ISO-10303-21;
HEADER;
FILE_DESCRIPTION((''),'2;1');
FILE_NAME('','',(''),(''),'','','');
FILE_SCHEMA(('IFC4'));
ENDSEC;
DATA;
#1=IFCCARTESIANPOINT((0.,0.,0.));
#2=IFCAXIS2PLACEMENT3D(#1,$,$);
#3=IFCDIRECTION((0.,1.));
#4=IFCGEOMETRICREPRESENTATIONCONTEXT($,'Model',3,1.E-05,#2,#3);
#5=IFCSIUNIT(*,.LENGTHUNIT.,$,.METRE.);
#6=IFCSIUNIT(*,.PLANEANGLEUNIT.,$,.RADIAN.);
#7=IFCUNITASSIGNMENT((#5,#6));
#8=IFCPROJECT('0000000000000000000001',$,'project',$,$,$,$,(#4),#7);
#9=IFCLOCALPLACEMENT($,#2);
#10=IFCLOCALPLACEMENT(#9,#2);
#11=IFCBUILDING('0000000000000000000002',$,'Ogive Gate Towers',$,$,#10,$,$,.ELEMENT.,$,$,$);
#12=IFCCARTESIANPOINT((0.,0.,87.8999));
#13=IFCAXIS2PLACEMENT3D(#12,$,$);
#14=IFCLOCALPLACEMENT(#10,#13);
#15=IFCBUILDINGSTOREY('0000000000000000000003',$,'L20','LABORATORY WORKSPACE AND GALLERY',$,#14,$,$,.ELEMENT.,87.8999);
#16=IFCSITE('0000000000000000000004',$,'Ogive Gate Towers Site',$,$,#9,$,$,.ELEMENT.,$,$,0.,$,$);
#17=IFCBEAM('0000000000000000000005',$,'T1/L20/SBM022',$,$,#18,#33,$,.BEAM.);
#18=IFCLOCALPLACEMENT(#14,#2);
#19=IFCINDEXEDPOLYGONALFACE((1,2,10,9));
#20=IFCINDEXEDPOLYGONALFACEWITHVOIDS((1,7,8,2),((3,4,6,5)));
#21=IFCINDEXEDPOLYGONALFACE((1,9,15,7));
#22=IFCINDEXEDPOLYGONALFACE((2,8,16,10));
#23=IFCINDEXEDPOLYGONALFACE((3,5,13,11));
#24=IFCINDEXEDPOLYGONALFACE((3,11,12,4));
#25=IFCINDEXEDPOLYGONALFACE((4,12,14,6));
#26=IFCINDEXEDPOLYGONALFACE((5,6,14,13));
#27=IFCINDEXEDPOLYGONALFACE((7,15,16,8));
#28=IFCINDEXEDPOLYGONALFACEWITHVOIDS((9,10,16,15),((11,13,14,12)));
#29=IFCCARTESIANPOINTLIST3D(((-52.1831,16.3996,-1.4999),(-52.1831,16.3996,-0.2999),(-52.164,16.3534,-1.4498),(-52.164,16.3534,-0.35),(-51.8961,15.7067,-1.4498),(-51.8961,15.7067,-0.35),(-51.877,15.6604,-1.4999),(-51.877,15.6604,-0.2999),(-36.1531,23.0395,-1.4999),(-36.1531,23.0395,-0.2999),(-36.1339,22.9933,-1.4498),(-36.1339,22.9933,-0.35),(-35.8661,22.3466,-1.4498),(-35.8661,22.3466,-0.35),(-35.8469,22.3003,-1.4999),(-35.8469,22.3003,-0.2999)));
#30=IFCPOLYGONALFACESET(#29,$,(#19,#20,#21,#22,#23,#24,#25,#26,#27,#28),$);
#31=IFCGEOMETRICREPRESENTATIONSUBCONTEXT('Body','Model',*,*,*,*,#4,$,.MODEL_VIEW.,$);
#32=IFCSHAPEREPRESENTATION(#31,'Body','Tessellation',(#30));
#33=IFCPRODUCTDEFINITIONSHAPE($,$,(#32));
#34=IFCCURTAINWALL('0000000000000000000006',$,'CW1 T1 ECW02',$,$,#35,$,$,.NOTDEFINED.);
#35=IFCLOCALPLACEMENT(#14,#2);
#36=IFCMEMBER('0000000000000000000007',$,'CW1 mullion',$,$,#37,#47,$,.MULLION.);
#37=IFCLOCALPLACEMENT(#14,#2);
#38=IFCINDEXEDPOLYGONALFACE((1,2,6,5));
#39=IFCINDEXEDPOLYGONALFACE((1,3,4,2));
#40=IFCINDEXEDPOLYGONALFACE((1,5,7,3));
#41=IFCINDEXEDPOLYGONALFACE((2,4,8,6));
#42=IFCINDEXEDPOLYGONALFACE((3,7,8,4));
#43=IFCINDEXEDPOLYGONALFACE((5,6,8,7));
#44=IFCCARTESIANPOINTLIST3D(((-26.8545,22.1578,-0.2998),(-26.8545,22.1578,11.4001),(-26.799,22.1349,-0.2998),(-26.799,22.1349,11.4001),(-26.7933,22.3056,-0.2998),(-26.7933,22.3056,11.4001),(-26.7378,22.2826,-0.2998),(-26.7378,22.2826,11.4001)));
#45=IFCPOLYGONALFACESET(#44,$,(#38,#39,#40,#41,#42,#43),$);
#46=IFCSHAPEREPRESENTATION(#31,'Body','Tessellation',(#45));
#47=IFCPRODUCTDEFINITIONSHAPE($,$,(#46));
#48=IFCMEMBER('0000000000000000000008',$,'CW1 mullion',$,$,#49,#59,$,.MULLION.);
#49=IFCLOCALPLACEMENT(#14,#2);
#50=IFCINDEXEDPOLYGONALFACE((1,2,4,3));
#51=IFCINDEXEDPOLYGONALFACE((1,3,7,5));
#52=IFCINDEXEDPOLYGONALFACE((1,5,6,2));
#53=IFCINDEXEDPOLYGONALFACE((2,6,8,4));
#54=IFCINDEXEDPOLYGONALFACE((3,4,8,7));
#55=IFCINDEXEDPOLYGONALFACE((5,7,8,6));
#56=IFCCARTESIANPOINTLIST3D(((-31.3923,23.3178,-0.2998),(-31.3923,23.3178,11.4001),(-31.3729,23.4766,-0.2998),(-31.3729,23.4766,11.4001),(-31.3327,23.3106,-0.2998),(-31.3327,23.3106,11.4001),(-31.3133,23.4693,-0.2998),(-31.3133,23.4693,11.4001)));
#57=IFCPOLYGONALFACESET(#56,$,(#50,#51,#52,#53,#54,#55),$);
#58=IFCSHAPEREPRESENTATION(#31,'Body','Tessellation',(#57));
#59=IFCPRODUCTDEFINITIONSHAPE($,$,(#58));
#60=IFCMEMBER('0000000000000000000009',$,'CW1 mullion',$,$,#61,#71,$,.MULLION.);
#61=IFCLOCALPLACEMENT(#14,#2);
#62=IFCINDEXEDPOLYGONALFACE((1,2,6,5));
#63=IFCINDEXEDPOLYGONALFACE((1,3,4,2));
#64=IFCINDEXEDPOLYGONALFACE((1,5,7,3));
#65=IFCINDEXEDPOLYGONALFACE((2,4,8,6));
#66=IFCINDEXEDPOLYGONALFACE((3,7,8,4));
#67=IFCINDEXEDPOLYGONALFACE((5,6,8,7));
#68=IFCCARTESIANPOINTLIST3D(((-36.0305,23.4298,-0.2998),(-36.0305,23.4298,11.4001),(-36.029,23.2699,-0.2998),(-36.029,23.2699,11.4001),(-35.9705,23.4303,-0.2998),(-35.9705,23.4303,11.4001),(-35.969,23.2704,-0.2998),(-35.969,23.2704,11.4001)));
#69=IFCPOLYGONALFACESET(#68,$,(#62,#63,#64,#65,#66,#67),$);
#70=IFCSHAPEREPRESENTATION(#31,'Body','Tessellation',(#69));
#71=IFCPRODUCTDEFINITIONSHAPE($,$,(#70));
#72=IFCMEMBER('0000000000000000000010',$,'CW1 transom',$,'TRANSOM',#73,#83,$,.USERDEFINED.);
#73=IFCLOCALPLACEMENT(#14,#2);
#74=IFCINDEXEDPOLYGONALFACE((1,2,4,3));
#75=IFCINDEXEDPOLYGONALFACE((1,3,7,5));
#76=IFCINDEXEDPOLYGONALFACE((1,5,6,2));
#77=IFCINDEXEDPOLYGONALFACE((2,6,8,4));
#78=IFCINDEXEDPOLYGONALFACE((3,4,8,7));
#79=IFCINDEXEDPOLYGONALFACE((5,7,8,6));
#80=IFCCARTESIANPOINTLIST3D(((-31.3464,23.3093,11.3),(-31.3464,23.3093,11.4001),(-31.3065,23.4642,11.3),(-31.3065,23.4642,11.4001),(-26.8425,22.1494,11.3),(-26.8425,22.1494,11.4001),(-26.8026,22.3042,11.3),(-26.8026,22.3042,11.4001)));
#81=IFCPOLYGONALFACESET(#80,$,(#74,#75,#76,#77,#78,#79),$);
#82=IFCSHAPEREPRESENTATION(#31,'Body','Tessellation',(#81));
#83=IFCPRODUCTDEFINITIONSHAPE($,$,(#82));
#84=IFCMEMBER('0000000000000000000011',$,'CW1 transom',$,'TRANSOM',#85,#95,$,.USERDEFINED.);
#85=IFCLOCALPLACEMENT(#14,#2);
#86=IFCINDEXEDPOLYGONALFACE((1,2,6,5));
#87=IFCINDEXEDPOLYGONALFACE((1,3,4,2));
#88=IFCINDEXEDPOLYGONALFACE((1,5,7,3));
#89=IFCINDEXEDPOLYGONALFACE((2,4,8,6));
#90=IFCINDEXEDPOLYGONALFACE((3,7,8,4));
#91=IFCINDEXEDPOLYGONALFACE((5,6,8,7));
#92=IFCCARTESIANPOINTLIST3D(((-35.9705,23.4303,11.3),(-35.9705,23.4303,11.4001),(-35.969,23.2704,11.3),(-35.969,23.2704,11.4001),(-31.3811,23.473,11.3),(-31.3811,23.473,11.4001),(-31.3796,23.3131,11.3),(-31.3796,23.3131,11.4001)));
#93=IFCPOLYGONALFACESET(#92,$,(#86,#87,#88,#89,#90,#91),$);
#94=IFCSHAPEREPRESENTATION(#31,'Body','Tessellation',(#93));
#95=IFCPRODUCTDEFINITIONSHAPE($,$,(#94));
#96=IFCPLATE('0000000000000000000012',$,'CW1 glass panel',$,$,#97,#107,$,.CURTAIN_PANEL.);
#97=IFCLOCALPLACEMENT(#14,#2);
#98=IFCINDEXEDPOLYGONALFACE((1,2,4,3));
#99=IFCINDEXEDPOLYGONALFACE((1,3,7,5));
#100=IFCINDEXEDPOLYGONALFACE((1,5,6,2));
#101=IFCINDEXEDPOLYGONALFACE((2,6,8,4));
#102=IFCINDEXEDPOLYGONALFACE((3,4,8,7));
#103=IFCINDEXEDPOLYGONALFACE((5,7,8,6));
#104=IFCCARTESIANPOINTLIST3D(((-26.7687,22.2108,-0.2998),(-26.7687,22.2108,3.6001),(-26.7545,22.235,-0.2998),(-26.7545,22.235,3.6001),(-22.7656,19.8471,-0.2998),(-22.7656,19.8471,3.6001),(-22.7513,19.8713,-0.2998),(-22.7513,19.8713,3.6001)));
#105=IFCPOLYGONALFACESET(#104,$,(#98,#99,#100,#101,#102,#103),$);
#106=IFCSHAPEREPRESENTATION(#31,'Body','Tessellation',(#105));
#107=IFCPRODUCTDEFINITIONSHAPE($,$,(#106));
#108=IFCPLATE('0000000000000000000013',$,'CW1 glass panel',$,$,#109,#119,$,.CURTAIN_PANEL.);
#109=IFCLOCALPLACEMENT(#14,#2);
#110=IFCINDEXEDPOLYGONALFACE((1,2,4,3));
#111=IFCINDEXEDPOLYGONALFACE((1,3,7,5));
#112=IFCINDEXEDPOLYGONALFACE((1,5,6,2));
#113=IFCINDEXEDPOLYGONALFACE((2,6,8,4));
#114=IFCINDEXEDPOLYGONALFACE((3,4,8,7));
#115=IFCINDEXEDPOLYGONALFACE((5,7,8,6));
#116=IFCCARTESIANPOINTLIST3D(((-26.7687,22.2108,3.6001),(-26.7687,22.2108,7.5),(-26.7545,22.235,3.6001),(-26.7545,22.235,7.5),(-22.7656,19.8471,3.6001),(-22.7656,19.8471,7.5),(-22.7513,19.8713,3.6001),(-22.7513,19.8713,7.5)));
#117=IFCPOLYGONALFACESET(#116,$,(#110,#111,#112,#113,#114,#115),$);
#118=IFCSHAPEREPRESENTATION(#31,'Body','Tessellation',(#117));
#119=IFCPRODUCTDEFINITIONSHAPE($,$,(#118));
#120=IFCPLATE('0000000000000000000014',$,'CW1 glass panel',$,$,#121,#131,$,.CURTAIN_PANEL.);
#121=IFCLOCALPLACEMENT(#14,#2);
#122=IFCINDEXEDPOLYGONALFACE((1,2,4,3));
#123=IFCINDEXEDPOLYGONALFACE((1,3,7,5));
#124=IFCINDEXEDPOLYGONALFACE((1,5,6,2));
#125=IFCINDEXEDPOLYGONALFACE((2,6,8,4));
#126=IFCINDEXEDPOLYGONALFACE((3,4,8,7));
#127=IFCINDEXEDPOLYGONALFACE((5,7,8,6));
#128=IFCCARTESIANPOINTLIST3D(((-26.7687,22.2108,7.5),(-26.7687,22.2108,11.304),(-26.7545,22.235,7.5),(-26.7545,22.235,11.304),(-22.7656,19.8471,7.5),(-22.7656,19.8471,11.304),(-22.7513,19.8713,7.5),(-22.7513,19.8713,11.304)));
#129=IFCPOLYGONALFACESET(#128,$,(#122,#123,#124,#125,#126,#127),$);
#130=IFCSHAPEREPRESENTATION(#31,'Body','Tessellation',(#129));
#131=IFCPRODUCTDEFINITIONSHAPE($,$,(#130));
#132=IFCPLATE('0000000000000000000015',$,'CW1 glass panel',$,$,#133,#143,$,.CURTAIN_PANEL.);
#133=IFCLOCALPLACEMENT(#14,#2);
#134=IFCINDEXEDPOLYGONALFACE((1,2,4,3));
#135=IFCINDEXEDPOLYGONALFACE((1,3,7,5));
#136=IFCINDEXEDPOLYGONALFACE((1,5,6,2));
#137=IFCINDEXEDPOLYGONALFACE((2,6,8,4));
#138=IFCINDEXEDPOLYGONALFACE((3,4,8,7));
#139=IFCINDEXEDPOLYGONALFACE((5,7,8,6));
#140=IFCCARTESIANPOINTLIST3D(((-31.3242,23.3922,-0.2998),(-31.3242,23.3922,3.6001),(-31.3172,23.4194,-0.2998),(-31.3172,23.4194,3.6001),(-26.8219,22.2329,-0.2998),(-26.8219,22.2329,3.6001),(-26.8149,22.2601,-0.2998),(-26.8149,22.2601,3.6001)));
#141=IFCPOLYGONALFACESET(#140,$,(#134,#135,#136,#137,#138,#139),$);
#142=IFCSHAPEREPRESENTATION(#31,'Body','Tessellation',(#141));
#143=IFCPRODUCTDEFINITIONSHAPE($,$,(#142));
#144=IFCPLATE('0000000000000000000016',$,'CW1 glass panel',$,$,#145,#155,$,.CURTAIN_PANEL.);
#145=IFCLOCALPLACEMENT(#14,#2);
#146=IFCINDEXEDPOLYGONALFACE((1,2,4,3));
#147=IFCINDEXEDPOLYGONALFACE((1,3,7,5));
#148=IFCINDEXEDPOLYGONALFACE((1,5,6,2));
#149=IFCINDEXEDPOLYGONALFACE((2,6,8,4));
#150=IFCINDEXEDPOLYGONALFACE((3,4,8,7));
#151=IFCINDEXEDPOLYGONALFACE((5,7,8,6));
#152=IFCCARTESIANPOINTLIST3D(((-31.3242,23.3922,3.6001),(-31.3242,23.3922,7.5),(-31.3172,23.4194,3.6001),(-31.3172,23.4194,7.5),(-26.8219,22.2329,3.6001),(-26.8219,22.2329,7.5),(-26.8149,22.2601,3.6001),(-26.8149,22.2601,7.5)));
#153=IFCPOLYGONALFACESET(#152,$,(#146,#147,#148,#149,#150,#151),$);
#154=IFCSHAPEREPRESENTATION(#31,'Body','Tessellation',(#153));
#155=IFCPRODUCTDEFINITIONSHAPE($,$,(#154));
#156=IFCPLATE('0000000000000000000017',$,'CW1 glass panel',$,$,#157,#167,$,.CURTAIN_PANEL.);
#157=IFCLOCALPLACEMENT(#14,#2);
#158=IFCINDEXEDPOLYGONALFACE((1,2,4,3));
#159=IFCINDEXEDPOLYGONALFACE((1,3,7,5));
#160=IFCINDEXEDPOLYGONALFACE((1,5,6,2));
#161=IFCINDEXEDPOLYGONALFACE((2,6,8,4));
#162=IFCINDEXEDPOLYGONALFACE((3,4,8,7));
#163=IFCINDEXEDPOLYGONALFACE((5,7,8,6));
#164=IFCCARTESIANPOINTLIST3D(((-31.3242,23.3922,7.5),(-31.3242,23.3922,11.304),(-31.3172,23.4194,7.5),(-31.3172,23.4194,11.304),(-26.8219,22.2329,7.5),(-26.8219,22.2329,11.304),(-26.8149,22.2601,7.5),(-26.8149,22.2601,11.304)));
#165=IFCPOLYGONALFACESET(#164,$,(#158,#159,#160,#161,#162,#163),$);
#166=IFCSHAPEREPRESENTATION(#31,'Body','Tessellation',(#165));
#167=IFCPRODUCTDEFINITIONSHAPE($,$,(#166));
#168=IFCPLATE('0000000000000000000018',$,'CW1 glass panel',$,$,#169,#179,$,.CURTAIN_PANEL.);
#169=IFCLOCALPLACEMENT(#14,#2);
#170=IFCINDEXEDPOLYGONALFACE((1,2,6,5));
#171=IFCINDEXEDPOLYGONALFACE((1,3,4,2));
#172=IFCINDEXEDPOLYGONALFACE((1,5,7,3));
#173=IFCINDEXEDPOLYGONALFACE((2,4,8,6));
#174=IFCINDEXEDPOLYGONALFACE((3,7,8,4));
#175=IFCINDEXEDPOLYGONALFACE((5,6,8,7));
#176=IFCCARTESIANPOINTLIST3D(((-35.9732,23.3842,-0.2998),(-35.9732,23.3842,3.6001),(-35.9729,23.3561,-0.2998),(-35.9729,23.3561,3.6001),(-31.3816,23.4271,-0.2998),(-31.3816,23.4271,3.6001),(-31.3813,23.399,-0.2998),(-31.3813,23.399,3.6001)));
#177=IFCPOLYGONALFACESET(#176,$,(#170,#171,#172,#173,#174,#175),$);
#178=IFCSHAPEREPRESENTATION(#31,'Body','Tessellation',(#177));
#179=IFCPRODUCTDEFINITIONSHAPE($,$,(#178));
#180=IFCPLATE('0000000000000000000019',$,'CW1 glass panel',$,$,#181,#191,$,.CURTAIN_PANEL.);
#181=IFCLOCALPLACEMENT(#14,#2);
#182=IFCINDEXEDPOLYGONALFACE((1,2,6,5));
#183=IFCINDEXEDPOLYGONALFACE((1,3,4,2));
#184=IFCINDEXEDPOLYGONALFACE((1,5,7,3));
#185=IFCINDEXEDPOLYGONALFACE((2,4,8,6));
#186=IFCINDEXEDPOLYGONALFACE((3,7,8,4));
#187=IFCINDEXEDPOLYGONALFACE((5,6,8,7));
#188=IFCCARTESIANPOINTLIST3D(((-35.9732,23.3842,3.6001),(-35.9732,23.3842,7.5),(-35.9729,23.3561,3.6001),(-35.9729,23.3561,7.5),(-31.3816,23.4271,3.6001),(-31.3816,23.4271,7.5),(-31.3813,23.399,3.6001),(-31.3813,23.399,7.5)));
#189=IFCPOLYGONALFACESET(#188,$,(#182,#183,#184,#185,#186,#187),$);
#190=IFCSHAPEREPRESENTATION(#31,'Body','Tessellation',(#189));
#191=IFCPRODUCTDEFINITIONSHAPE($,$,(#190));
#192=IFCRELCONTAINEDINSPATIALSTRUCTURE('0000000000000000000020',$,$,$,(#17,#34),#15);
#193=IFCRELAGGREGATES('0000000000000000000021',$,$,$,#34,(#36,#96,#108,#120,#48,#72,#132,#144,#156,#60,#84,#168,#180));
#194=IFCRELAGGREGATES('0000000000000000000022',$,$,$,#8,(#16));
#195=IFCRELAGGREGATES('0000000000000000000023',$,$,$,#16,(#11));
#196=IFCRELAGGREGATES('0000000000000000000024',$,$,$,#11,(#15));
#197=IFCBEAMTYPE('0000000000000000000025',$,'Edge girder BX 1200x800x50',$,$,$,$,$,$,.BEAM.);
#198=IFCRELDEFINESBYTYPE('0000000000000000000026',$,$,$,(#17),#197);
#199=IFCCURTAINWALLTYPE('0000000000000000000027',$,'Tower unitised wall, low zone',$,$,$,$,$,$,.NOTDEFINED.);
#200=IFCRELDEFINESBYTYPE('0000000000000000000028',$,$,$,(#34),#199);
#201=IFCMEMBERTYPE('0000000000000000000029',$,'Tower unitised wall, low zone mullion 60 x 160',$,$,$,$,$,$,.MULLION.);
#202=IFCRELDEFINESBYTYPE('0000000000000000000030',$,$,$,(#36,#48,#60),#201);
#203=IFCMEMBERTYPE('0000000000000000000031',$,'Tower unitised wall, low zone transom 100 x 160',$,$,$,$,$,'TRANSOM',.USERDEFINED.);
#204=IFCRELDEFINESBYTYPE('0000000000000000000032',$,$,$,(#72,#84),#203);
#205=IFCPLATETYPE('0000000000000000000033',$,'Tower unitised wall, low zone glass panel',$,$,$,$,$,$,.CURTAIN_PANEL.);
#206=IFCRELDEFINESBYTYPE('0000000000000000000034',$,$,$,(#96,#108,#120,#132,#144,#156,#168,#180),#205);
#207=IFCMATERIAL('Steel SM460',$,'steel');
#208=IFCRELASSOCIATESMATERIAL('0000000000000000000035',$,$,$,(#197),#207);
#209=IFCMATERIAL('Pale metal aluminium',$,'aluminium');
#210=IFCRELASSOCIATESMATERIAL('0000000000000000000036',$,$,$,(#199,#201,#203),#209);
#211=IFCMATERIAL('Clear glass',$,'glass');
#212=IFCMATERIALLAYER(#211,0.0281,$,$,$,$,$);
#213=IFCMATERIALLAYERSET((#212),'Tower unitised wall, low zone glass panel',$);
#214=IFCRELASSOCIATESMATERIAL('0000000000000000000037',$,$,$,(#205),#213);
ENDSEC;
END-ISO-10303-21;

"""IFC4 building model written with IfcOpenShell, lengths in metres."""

from ifc_helpers import new_model, si_unit, direction, frame, origin, origin_2d, place, context, subcontext, project, spatial, rectangle, hollow_rectangle, extrude, material, layer, layer_set, material_profile, profile_set, type_object, element, aggregate, save


model = new_model("IFC4")

# Units and contexts
model_context = context("Model", 3, precision=1e-05, world=origin(), true_north=direction((0.0, 1.0)))
body_context = subcontext(model_context, "Body", "Model", "MODEL_VIEW")
ifc_project = project(units=[si_unit("LENGTHUNIT", "METRE"), si_unit("PLANEANGLEUNIT", "RADIAN")], contexts=[model_context])

# Site, building, storey
site_placement = place(None, origin())
site = spatial("IfcSite", under=ifc_project, at=site_placement, Name="Ogive Gate Towers Site", CompositionType="ELEMENT", RefElevation=0.0)
building_placement = place(site_placement, origin())
building = spatial("IfcBuilding", under=site, at=building_placement, Name="Ogive Gate Towers", CompositionType="ELEMENT")
storey_placement = place(building_placement, frame((0.0, 0.0, 87.8999)))
storey = spatial("IfcBuildingStorey", under=building, at=storey_placement, Name="L20", Description="LABORATORY WORKSPACE AND GALLERY", CompositionType="ELEMENT", Elevation=87.8999)

# Beam
ifc_material_1 = material(Name="Steel SM460", Category="steel")
ifc_material_profile_1 = material_profile(ifc_material_1, hollow_rectangle(XDim=0.8, YDim=1.2, WallThickness=0.05, at=origin_2d()), Name="BX 1200x800x50")
ifc_profile_set_1 = profile_set([ifc_material_profile_1], Name="Steel SM460")
beam_type = type_object("IfcBeamType", Name="Edge girder BX 1200x800x50", PredefinedType="BEAM", material=ifc_profile_set_1)
beam_placement = place(storey_placement, frame((-36.0, 22.6699, -0.8999), z_axis=(-0.923879, -0.382685, 0.0), x_axis=(0.382685, -0.923879, 0.0)))
element("IfcBeam", 1, at=beam_placement, inside=storey, type_object=beam_type, Name="T1/L20/SBM022", PredefinedType="BEAM", context=body_context, shape_type="SweptSolid", body=[
    extrude(hollow_rectangle(XDim=0.8, YDim=1.2, WallThickness=0.05, at=origin_2d()), origin(), (0.0, 0.0, 1.0), 17.3508),
])

# Curtain wall, members, plates
ifc_material_2 = material(Name="Pale metal aluminium", Category="aluminium")
curtain_wall_type = type_object("IfcCurtainWallType", Name="Tower unitised wall, low zone", PredefinedType="NOTDEFINED", material=ifc_material_2)
curtain_wall_placement = place(storey_placement, origin())
curtain_wall = element("IfcCurtainWall", 2, at=curtain_wall_placement, inside=storey, type_object=curtain_wall_type, Name="CW1 T1 ECW02", PredefinedType="NOTDEFINED")
ifc_material_profile_2 = material_profile(ifc_material_2, rectangle(XDim=0.1599, YDim=0.0601, at=origin_2d()), Name="60 x 160 aluminium box")
ifc_profile_set_2 = profile_set([ifc_material_profile_2], Name="Pale metal aluminium")
member_type_1 = type_object("IfcMemberType", Name="Tower unitised wall, low zone mullion 60 x 160", PredefinedType="MULLION", material=ifc_profile_set_2)
member_1_placement = place(storey_placement, frame((-26.7961, 22.2202, -0.2998), z_axis=(0.0, 0.0, 1.0), x_axis=(0.382683, 0.92388, 0.0)))
member_1 = element("IfcMember", 3, at=member_1_placement, type_object=member_type_1, Name="CW1 mullion", PredefinedType="MULLION", context=body_context, shape_type="SweptSolid", body=[
    extrude(rectangle(XDim=0.1599, YDim=0.0601, at=origin_2d()), origin(), (0.0, 0.0, 1.0), 11.7),
])
member_2_placement = place(storey_placement, frame((-31.3528, 23.3936, -0.2998), z_axis=(0.0, 0.0, 1.0), x_axis=(0.121038, 0.992648, 0.0)))
member_2 = element("IfcMember", 4, at=member_2_placement, type_object=member_type_1, Name="CW1 mullion", PredefinedType="MULLION", context=body_context, shape_type="SweptSolid", body=[
    extrude(rectangle(XDim=0.1599, YDim=0.0601, at=origin_2d()), origin(), (0.0, 0.0, 1.0), 11.7),
])
member_3_placement = place(storey_placement, frame((-35.9998, 23.3501, -0.2998), z_axis=(0.0, 0.0, 1.0), x_axis=(-0.009337, 0.999956, 0.0)))
member_3 = element("IfcMember", 5, at=member_3_placement, type_object=member_type_1, Name="CW1 mullion", PredefinedType="MULLION", context=body_context, shape_type="SweptSolid", body=[
    extrude(rectangle(XDim=0.1599, YDim=0.0601, at=origin_2d()), origin(), (0.0, 0.0, 1.0), 11.7),
])
ifc_material_profile_3 = material_profile(ifc_material_2, rectangle(XDim=0.1599, YDim=0.1001, at=origin_2d()), Name="100 x 160 aluminium box")
ifc_profile_set_3 = profile_set([ifc_material_profile_3], Name="Pale metal aluminium")
member_type_2 = type_object("IfcMemberType", Name="Tower unitised wall, low zone transom 100 x 160", ElementType="TRANSOM", PredefinedType="USERDEFINED", material=ifc_profile_set_3)
member_4_placement = place(storey_placement, frame((-26.8225, 22.2268, 11.3501), z_axis=(-0.968401, 0.249397, 0.0), x_axis=(-0.249397, -0.968401, 0.0)))
member_4 = element("IfcMember", 6, at=member_4_placement, type_object=member_type_2, Name="CW1 transom", ObjectType="TRANSOM", PredefinedType="USERDEFINED", context=body_context, shape_type="SweptSolid", body=[
    extrude(rectangle(XDim=0.1599, YDim=0.1001, at=origin_2d()), origin(), (0.0, 0.0, 1.0), 4.6509),
])
member_5_placement = place(storey_placement, frame((-31.3804, 23.3931, 11.3501), z_axis=(-0.999957, -0.009309, 0.0), x_axis=(0.009309, -0.999957, 0.0)))
member_5 = element("IfcMember", 7, at=member_5_placement, type_object=member_type_2, Name="CW1 transom", ObjectType="TRANSOM", PredefinedType="USERDEFINED", context=body_context, shape_type="SweptSolid", body=[
    extrude(rectangle(XDim=0.1599, YDim=0.1001, at=origin_2d()), origin(), (0.0, 0.0, 1.0), 4.5896),
])
ifc_material_3 = material(Name="Clear glass", Category="glass")
ifc_layer_1 = layer(ifc_material_3, 0.0281)
ifc_layer_set_1 = layer_set([ifc_layer_1], Name="Tower unitised wall, low zone glass panel")
plate_type = type_object("IfcPlateType", Name="Tower unitised wall, low zone glass panel", PredefinedType="CURTAIN_PANEL", material=ifc_layer_set_1)
plate_1_placement = place(storey_placement, frame((-24.76, 21.041, -0.2998), z_axis=(0.0, 0.0, 1.0), x_axis=(-0.861097, 0.50844, 0.0)))
plate_1 = element("IfcPlate", 8, at=plate_1_placement, type_object=plate_type, Name="CW1 glass panel", PredefinedType="CURTAIN_PANEL", context=body_context, shape_type="SweptSolid", body=[
    extrude(rectangle(XDim=4.6489, YDim=0.0281, at=origin_2d()), origin(), (0.0, 0.0, 1.0), 3.8999),
])
plate_2_placement = place(storey_placement, frame((-24.76, 21.041, 3.6001), z_axis=(0.0, 0.0, 1.0), x_axis=(-0.861097, 0.50844, 0.0)))
plate_2 = element("IfcPlate", 9, at=plate_2_placement, type_object=plate_type, Name="CW1 glass panel", PredefinedType="CURTAIN_PANEL", context=body_context, shape_type="SweptSolid", body=[
    extrude(rectangle(XDim=4.6489, YDim=0.0281, at=origin_2d()), origin(), (0.0, 0.0, 1.0), 3.8999),
])
plate_3_placement = place(storey_placement, frame((-24.76, 21.041, 7.5), z_axis=(0.0, 0.0, 1.0), x_axis=(-0.861097, 0.50844, 0.0)))
plate_3 = element("IfcPlate", 10, at=plate_3_placement, type_object=plate_type, Name="CW1 glass panel", PredefinedType="CURTAIN_PANEL", context=body_context, shape_type="SweptSolid", body=[
    extrude(rectangle(XDim=4.6489, YDim=0.0281, at=origin_2d()), origin(), (0.0, 0.0, 1.0), 3.804),
])
plate_4_placement = place(storey_placement, frame((-29.0696, 22.8262, -0.2998), z_axis=(0.0, 0.0, 1.0), x_axis=(-0.968414, 0.249349, 0.0)))
plate_4 = element("IfcPlate", 11, at=plate_4_placement, type_object=plate_type, Name="CW1 glass panel", PredefinedType="CURTAIN_PANEL", context=body_context, shape_type="SweptSolid", body=[
    extrude(rectangle(XDim=4.6492, YDim=0.0281, at=origin_2d()), origin(), (0.0, 0.0, 1.0), 3.8999),
])
plate_5_placement = place(storey_placement, frame((-29.0696, 22.8262, 3.6001), z_axis=(0.0, 0.0, 1.0), x_axis=(-0.968414, 0.249349, 0.0)))
plate_5 = element("IfcPlate", 12, at=plate_5_placement, type_object=plate_type, Name="CW1 glass panel", PredefinedType="CURTAIN_PANEL", context=body_context, shape_type="SweptSolid", body=[
    extrude(rectangle(XDim=4.6492, YDim=0.0281, at=origin_2d()), origin(), (0.0, 0.0, 1.0), 3.8999),
])
plate_6_placement = place(storey_placement, frame((-29.0696, 22.8262, 7.5), z_axis=(0.0, 0.0, 1.0), x_axis=(-0.968414, 0.249349, 0.0)))
plate_6 = element("IfcPlate", 13, at=plate_6_placement, type_object=plate_type, Name="CW1 glass panel", PredefinedType="CURTAIN_PANEL", context=body_context, shape_type="SweptSolid", body=[
    extrude(rectangle(XDim=4.6492, YDim=0.0281, at=origin_2d()), origin(), (0.0, 0.0, 1.0), 3.804),
])
plate_7_placement = place(storey_placement, frame((-33.6772, 23.3916, -0.2998), z_axis=(0.0, 0.0, 1.0), x_axis=(-0.999956, -0.009337, 0.0)))
plate_7 = element("IfcPlate", 14, at=plate_7_placement, type_object=plate_type, Name="CW1 glass panel", PredefinedType="CURTAIN_PANEL", context=body_context, shape_type="SweptSolid", body=[
    extrude(rectangle(XDim=4.5918, YDim=0.0281, at=origin_2d()), origin(), (0.0, 0.0, 1.0), 3.8999),
])
plate_8_placement = place(storey_placement, frame((-33.6772, 23.3916, 3.6001), z_axis=(0.0, 0.0, 1.0), x_axis=(-0.999956, -0.009337, 0.0)))
plate_8 = element("IfcPlate", 15, at=plate_8_placement, type_object=plate_type, Name="CW1 glass panel", PredefinedType="CURTAIN_PANEL", context=body_context, shape_type="SweptSolid", body=[
    extrude(rectangle(XDim=4.5918, YDim=0.0281, at=origin_2d()), origin(), (0.0, 0.0, 1.0), 3.8999),
])
aggregate(curtain_wall, [member_1, plate_1, plate_2, plate_3, member_2, member_4, plate_4, plate_5, plate_6, member_3, member_5, plate_7, plate_8])

save(model, "model.ifc")
